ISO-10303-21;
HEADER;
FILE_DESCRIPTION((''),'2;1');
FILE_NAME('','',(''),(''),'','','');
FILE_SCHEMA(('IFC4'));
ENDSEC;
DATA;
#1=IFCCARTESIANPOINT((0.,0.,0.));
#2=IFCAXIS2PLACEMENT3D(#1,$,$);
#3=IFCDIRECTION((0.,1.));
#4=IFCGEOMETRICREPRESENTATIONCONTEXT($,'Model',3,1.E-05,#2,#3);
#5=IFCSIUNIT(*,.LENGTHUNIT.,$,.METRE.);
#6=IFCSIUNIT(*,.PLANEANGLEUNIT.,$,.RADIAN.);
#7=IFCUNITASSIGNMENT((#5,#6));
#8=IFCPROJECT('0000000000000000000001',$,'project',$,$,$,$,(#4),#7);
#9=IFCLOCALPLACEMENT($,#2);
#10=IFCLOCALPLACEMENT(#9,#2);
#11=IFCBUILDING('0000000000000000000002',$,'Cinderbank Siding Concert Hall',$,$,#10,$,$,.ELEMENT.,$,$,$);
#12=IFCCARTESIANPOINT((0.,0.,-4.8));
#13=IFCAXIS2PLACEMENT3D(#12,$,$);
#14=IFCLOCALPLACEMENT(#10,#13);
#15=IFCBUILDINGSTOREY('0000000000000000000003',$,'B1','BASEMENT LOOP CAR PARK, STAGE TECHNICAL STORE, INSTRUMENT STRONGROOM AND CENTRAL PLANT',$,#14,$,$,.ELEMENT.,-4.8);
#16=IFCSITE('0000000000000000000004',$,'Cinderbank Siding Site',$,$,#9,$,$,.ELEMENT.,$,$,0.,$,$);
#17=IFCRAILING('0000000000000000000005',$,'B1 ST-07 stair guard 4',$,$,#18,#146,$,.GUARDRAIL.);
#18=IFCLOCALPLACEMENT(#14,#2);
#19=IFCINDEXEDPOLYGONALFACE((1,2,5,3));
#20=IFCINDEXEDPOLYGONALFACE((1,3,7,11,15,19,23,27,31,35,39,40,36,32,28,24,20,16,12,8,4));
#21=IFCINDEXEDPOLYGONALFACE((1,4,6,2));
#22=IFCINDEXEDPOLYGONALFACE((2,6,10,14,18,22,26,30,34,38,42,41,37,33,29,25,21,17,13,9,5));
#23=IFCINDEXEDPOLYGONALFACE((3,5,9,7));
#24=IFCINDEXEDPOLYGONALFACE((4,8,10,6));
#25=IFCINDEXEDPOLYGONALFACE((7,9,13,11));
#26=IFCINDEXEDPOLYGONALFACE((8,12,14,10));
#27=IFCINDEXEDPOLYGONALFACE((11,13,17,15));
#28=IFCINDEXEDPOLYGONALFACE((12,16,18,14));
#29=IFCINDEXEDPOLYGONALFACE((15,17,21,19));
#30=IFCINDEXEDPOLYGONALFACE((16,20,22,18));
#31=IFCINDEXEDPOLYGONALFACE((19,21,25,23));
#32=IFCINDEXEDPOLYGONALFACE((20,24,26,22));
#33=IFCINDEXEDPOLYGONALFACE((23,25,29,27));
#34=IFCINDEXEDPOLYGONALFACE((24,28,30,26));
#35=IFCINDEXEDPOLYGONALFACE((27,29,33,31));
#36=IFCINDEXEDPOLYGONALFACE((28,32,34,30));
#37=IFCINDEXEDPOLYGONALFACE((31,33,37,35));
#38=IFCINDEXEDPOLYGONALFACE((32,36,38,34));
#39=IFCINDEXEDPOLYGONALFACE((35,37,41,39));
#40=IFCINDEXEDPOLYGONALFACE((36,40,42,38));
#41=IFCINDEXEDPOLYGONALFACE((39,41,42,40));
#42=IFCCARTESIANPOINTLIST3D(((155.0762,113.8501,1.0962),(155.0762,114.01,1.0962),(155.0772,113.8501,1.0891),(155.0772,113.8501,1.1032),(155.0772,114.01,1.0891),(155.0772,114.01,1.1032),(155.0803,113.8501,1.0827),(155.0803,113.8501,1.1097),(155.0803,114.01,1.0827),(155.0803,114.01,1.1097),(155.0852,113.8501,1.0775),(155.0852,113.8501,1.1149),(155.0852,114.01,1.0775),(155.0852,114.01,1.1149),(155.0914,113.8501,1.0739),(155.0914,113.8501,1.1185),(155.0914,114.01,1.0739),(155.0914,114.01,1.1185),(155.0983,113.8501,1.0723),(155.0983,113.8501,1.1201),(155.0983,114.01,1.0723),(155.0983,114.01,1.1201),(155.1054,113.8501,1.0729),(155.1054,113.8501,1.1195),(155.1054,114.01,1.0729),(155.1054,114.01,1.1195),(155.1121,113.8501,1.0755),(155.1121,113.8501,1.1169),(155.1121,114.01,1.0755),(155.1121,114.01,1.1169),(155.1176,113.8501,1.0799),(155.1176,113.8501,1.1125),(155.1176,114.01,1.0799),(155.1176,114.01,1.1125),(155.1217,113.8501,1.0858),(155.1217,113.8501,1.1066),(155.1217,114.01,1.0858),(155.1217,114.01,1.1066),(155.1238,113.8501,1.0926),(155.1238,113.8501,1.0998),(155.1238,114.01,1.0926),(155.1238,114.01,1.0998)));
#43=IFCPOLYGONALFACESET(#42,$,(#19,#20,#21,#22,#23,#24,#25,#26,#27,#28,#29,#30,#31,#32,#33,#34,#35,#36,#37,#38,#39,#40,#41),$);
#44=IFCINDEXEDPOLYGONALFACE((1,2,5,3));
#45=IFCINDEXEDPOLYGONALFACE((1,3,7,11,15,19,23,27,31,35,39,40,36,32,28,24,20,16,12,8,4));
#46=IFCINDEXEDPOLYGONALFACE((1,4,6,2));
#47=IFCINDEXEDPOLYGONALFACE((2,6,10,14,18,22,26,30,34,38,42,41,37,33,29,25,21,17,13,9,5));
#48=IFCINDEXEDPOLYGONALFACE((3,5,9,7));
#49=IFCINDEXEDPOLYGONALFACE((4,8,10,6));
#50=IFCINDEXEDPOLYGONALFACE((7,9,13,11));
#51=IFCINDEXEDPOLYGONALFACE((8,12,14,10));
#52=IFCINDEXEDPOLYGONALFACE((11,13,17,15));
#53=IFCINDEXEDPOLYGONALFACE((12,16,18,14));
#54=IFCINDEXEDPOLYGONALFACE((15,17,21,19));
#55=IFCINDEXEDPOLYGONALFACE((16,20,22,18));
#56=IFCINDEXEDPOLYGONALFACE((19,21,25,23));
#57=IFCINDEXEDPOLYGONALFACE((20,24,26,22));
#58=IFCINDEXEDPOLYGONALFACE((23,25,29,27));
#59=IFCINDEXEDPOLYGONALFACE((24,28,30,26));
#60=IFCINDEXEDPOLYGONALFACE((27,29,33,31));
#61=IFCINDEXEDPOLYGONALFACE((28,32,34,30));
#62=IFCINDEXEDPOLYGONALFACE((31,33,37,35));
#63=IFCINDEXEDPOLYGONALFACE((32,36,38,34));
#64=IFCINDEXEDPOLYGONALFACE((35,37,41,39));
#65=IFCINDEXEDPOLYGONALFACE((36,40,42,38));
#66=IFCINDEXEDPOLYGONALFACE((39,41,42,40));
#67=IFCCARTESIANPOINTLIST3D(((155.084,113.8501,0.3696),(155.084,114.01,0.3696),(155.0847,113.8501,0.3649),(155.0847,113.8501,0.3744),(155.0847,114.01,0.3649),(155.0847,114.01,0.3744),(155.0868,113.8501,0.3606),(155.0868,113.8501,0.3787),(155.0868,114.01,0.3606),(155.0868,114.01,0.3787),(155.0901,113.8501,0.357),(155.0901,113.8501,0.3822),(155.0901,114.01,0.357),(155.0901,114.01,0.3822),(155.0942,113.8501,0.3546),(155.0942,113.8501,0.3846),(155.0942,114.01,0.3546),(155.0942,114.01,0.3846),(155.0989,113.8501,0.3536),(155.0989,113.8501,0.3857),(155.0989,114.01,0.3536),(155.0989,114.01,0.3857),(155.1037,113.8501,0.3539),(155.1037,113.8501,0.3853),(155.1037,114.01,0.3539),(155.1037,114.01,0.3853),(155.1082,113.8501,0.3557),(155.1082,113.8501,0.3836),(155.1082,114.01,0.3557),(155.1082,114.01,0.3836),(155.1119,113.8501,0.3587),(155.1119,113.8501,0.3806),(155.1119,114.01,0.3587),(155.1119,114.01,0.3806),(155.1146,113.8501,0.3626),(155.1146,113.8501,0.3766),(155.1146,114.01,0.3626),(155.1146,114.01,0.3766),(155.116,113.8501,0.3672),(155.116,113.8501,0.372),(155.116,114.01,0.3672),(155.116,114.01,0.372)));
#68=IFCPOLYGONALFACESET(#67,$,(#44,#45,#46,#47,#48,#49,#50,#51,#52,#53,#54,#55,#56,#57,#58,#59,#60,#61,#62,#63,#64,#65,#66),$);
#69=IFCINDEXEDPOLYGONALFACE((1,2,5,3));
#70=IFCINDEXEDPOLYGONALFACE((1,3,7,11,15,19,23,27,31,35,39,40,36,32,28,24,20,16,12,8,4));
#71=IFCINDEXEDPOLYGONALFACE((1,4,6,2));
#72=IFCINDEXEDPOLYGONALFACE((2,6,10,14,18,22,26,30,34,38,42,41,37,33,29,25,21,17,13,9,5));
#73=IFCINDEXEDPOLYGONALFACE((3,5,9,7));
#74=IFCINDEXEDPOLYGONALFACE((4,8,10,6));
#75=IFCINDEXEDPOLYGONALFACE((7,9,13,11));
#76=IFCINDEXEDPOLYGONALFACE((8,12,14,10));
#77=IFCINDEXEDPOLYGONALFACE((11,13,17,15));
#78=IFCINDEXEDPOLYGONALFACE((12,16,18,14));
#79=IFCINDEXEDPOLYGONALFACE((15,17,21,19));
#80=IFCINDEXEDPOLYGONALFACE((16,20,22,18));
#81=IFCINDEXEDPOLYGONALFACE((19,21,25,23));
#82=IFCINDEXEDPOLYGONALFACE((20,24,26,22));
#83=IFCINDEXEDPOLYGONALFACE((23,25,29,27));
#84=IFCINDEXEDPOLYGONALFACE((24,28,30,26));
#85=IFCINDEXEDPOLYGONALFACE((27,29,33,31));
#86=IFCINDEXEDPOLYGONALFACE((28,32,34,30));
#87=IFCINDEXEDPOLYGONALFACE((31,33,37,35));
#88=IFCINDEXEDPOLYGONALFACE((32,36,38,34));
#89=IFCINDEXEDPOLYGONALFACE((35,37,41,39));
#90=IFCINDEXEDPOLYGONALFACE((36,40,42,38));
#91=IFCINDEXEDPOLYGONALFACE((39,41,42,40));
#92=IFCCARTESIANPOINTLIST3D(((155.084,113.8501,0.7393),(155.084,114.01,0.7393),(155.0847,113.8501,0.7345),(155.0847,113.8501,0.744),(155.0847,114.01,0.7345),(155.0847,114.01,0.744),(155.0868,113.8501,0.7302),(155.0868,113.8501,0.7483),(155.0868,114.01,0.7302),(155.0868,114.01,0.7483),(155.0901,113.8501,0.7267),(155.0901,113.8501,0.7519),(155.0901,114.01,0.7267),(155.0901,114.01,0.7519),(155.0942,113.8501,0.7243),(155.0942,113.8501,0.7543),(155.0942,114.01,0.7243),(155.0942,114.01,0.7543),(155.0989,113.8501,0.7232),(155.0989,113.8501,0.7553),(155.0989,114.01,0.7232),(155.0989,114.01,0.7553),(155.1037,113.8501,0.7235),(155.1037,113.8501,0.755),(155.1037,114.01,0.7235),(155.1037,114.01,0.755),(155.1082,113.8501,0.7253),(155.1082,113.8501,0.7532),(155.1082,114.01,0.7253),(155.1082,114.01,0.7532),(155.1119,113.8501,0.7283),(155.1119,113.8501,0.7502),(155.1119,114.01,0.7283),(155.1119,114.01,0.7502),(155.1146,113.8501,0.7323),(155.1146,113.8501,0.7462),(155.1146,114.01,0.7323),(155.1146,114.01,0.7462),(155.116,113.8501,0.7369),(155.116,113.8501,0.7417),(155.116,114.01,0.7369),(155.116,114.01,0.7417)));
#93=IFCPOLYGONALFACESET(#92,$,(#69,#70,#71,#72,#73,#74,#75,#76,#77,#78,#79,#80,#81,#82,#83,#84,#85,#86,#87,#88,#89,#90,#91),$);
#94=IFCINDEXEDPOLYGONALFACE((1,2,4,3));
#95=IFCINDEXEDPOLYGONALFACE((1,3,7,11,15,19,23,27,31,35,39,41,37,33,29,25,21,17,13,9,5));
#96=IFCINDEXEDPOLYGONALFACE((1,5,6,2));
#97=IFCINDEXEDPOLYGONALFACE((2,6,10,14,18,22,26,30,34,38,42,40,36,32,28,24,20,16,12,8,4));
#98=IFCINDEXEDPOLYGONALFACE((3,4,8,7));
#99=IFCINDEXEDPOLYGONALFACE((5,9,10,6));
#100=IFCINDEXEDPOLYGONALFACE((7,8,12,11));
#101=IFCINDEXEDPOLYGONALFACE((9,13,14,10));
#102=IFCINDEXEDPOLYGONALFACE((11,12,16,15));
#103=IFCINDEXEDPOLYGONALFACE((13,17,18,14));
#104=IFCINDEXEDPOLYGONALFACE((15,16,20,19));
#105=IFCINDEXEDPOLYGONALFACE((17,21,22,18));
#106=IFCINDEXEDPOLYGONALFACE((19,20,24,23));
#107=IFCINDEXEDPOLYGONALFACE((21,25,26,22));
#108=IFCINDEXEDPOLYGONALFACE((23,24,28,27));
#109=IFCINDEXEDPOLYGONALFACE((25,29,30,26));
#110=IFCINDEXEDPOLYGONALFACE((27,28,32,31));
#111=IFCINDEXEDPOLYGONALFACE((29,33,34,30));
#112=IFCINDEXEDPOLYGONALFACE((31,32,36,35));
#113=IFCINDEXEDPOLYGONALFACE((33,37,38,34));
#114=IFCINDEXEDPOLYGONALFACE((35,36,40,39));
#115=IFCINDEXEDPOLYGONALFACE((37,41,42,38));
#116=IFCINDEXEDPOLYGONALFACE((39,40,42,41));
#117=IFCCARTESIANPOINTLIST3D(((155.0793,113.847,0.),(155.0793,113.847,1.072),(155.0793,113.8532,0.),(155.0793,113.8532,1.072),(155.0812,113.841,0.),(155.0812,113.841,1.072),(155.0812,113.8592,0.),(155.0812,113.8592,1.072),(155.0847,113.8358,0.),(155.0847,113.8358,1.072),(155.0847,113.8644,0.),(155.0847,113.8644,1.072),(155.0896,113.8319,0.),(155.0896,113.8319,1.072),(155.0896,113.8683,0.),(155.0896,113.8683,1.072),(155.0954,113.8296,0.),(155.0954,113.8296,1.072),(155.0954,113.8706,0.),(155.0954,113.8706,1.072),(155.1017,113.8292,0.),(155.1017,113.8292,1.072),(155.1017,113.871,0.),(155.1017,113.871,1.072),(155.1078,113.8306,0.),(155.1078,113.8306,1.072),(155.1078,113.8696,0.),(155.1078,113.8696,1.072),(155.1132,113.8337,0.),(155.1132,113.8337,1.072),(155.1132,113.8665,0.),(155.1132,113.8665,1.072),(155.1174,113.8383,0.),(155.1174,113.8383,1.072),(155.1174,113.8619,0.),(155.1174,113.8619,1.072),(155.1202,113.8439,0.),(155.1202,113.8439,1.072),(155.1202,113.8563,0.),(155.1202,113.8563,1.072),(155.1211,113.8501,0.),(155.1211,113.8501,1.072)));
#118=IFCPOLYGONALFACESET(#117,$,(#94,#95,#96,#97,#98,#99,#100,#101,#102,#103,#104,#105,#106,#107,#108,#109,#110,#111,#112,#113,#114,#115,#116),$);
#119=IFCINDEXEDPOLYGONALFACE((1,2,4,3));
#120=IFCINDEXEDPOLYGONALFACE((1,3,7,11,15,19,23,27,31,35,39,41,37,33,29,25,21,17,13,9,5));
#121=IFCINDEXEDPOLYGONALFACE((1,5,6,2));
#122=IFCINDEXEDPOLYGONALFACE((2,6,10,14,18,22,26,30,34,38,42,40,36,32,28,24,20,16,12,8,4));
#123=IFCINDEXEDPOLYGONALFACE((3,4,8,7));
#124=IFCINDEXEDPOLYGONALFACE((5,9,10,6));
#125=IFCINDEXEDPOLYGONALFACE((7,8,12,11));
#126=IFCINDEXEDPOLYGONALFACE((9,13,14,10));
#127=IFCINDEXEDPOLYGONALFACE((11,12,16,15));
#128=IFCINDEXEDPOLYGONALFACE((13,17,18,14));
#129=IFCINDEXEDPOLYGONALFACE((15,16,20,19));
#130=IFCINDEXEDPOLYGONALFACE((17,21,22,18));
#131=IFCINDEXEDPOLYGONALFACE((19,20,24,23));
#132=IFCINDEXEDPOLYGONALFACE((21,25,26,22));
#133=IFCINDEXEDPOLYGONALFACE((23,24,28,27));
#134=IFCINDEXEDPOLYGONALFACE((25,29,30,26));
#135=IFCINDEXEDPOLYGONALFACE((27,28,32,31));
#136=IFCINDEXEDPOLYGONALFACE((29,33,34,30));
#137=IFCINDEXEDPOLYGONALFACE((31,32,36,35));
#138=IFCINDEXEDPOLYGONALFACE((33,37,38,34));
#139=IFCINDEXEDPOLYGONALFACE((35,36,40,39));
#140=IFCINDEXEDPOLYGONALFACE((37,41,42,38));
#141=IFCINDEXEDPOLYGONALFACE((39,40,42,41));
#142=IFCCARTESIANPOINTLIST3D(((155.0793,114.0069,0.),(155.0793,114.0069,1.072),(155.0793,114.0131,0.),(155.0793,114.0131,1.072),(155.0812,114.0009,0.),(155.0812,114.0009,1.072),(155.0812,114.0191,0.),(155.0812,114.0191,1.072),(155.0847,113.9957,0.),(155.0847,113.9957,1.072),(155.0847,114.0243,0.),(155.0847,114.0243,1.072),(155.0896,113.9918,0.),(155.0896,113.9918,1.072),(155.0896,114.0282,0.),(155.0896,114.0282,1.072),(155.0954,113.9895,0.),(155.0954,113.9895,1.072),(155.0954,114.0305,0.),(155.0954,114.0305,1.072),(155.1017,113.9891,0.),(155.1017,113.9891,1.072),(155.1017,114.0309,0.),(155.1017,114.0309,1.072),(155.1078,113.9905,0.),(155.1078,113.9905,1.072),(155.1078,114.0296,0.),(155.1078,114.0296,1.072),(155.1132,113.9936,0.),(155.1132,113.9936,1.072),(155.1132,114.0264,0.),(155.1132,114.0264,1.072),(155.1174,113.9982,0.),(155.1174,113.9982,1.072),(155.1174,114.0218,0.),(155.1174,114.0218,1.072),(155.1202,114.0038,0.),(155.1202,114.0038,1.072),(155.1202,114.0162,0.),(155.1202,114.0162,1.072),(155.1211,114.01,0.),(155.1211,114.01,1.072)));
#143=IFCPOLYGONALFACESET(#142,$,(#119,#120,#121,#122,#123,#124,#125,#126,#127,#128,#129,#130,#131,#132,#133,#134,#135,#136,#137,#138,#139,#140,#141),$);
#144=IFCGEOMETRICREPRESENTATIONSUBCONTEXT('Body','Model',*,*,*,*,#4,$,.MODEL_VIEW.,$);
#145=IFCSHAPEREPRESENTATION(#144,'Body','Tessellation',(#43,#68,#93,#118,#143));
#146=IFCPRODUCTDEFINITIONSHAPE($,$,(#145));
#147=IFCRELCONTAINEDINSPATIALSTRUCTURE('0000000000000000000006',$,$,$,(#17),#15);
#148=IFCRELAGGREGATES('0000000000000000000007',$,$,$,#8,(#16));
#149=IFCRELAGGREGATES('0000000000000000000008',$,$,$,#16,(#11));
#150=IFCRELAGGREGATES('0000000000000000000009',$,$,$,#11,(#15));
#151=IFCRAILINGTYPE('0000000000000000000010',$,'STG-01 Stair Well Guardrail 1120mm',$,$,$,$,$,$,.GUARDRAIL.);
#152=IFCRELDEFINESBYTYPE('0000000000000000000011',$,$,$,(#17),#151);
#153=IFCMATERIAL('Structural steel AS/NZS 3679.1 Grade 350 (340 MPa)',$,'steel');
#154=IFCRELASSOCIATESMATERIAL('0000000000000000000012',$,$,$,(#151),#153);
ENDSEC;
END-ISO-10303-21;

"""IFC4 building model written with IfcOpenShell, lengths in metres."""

from ifc_helpers import new_model, si_unit, direction, frame, origin, origin_2d, place, context, subcontext, project, spatial, circle, extrude, material, type_object, element, save


model = new_model("IFC4")

# Units and contexts
model_context = context("Model", 3, precision=1e-05, world=origin(), true_north=direction((0.0, 1.0)))
body_context = subcontext(model_context, "Body", "Model", "MODEL_VIEW")
ifc_project = project(units=[si_unit("LENGTHUNIT", "METRE"), si_unit("PLANEANGLEUNIT", "RADIAN")], contexts=[model_context])

# Site, building, storey
site_placement = place(None, origin())
site = spatial("IfcSite", under=ifc_project, at=site_placement, Name="Cinderbank Siding Site", CompositionType="ELEMENT", RefElevation=0.0)
building_placement = place(site_placement, origin())
building = spatial("IfcBuilding", under=site, at=building_placement, Name="Cinderbank Siding Concert Hall", CompositionType="ELEMENT")
storey_placement = place(building_placement, frame((0.0, 0.0, -4.8)))
storey = spatial("IfcBuildingStorey", under=building, at=storey_placement, Name="B1", Description="BASEMENT LOOP CAR PARK, STAGE TECHNICAL STORE, INSTRUMENT STRONGROOM AND CENTRAL PLANT", CompositionType="ELEMENT", Elevation=-4.8)

# Shared definitions
ifc_material_1 = material(Name="Structural steel AS/NZS 3679.1 Grade 350 (340 MPa)", Category="steel")

# Railing
railing_type = type_object("IfcRailingType", Name="STG-01 Stair Well Guardrail 1120mm", PredefinedType="GUARDRAIL", material=ifc_material_1)
railing_placement = place(storey_placement, frame((155.1001, 113.8501, 0.0)))
element("IfcRailing", 1, at=railing_placement, inside=storey, type_object=railing_type, Name="B1 ST-07 stair guard 4", PredefinedType="GUARDRAIL", context=body_context, shape_type="SweptSolid", body=[
    extrude(circle(Radius=0.0239, at=origin_2d()), frame((0.0, 0.0, 1.0962), z_axis=(0.0, 1.0, 0.0), x_axis=(-1.0, 0.0, 0.0)), (0.0, 0.0, 1.0), 0.1599),
    extrude(circle(Radius=0.0161, at=origin_2d()), frame((0.0, 0.0, 0.3696), z_axis=(0.0, 1.0, 0.0), x_axis=(-1.0, 0.0, 0.0)), (0.0, 0.0, 1.0), 0.1599),
    extrude(circle(Radius=0.0161, at=origin_2d()), frame((0.0, 0.0, 0.7393), z_axis=(0.0, 1.0, 0.0), x_axis=(-1.0, 0.0, 0.0)), (0.0, 0.0, 1.0), 0.1599),
    extrude(circle(Radius=0.021, at=origin_2d()), origin(), (0.0, 0.0, 1.0), 1.072),
    extrude(circle(Radius=0.021, at=origin_2d()), frame((0.0, 0.1599, 0.0)), (0.0, 0.0, 1.0), 1.072),
])

save(model, "model.ifc")
